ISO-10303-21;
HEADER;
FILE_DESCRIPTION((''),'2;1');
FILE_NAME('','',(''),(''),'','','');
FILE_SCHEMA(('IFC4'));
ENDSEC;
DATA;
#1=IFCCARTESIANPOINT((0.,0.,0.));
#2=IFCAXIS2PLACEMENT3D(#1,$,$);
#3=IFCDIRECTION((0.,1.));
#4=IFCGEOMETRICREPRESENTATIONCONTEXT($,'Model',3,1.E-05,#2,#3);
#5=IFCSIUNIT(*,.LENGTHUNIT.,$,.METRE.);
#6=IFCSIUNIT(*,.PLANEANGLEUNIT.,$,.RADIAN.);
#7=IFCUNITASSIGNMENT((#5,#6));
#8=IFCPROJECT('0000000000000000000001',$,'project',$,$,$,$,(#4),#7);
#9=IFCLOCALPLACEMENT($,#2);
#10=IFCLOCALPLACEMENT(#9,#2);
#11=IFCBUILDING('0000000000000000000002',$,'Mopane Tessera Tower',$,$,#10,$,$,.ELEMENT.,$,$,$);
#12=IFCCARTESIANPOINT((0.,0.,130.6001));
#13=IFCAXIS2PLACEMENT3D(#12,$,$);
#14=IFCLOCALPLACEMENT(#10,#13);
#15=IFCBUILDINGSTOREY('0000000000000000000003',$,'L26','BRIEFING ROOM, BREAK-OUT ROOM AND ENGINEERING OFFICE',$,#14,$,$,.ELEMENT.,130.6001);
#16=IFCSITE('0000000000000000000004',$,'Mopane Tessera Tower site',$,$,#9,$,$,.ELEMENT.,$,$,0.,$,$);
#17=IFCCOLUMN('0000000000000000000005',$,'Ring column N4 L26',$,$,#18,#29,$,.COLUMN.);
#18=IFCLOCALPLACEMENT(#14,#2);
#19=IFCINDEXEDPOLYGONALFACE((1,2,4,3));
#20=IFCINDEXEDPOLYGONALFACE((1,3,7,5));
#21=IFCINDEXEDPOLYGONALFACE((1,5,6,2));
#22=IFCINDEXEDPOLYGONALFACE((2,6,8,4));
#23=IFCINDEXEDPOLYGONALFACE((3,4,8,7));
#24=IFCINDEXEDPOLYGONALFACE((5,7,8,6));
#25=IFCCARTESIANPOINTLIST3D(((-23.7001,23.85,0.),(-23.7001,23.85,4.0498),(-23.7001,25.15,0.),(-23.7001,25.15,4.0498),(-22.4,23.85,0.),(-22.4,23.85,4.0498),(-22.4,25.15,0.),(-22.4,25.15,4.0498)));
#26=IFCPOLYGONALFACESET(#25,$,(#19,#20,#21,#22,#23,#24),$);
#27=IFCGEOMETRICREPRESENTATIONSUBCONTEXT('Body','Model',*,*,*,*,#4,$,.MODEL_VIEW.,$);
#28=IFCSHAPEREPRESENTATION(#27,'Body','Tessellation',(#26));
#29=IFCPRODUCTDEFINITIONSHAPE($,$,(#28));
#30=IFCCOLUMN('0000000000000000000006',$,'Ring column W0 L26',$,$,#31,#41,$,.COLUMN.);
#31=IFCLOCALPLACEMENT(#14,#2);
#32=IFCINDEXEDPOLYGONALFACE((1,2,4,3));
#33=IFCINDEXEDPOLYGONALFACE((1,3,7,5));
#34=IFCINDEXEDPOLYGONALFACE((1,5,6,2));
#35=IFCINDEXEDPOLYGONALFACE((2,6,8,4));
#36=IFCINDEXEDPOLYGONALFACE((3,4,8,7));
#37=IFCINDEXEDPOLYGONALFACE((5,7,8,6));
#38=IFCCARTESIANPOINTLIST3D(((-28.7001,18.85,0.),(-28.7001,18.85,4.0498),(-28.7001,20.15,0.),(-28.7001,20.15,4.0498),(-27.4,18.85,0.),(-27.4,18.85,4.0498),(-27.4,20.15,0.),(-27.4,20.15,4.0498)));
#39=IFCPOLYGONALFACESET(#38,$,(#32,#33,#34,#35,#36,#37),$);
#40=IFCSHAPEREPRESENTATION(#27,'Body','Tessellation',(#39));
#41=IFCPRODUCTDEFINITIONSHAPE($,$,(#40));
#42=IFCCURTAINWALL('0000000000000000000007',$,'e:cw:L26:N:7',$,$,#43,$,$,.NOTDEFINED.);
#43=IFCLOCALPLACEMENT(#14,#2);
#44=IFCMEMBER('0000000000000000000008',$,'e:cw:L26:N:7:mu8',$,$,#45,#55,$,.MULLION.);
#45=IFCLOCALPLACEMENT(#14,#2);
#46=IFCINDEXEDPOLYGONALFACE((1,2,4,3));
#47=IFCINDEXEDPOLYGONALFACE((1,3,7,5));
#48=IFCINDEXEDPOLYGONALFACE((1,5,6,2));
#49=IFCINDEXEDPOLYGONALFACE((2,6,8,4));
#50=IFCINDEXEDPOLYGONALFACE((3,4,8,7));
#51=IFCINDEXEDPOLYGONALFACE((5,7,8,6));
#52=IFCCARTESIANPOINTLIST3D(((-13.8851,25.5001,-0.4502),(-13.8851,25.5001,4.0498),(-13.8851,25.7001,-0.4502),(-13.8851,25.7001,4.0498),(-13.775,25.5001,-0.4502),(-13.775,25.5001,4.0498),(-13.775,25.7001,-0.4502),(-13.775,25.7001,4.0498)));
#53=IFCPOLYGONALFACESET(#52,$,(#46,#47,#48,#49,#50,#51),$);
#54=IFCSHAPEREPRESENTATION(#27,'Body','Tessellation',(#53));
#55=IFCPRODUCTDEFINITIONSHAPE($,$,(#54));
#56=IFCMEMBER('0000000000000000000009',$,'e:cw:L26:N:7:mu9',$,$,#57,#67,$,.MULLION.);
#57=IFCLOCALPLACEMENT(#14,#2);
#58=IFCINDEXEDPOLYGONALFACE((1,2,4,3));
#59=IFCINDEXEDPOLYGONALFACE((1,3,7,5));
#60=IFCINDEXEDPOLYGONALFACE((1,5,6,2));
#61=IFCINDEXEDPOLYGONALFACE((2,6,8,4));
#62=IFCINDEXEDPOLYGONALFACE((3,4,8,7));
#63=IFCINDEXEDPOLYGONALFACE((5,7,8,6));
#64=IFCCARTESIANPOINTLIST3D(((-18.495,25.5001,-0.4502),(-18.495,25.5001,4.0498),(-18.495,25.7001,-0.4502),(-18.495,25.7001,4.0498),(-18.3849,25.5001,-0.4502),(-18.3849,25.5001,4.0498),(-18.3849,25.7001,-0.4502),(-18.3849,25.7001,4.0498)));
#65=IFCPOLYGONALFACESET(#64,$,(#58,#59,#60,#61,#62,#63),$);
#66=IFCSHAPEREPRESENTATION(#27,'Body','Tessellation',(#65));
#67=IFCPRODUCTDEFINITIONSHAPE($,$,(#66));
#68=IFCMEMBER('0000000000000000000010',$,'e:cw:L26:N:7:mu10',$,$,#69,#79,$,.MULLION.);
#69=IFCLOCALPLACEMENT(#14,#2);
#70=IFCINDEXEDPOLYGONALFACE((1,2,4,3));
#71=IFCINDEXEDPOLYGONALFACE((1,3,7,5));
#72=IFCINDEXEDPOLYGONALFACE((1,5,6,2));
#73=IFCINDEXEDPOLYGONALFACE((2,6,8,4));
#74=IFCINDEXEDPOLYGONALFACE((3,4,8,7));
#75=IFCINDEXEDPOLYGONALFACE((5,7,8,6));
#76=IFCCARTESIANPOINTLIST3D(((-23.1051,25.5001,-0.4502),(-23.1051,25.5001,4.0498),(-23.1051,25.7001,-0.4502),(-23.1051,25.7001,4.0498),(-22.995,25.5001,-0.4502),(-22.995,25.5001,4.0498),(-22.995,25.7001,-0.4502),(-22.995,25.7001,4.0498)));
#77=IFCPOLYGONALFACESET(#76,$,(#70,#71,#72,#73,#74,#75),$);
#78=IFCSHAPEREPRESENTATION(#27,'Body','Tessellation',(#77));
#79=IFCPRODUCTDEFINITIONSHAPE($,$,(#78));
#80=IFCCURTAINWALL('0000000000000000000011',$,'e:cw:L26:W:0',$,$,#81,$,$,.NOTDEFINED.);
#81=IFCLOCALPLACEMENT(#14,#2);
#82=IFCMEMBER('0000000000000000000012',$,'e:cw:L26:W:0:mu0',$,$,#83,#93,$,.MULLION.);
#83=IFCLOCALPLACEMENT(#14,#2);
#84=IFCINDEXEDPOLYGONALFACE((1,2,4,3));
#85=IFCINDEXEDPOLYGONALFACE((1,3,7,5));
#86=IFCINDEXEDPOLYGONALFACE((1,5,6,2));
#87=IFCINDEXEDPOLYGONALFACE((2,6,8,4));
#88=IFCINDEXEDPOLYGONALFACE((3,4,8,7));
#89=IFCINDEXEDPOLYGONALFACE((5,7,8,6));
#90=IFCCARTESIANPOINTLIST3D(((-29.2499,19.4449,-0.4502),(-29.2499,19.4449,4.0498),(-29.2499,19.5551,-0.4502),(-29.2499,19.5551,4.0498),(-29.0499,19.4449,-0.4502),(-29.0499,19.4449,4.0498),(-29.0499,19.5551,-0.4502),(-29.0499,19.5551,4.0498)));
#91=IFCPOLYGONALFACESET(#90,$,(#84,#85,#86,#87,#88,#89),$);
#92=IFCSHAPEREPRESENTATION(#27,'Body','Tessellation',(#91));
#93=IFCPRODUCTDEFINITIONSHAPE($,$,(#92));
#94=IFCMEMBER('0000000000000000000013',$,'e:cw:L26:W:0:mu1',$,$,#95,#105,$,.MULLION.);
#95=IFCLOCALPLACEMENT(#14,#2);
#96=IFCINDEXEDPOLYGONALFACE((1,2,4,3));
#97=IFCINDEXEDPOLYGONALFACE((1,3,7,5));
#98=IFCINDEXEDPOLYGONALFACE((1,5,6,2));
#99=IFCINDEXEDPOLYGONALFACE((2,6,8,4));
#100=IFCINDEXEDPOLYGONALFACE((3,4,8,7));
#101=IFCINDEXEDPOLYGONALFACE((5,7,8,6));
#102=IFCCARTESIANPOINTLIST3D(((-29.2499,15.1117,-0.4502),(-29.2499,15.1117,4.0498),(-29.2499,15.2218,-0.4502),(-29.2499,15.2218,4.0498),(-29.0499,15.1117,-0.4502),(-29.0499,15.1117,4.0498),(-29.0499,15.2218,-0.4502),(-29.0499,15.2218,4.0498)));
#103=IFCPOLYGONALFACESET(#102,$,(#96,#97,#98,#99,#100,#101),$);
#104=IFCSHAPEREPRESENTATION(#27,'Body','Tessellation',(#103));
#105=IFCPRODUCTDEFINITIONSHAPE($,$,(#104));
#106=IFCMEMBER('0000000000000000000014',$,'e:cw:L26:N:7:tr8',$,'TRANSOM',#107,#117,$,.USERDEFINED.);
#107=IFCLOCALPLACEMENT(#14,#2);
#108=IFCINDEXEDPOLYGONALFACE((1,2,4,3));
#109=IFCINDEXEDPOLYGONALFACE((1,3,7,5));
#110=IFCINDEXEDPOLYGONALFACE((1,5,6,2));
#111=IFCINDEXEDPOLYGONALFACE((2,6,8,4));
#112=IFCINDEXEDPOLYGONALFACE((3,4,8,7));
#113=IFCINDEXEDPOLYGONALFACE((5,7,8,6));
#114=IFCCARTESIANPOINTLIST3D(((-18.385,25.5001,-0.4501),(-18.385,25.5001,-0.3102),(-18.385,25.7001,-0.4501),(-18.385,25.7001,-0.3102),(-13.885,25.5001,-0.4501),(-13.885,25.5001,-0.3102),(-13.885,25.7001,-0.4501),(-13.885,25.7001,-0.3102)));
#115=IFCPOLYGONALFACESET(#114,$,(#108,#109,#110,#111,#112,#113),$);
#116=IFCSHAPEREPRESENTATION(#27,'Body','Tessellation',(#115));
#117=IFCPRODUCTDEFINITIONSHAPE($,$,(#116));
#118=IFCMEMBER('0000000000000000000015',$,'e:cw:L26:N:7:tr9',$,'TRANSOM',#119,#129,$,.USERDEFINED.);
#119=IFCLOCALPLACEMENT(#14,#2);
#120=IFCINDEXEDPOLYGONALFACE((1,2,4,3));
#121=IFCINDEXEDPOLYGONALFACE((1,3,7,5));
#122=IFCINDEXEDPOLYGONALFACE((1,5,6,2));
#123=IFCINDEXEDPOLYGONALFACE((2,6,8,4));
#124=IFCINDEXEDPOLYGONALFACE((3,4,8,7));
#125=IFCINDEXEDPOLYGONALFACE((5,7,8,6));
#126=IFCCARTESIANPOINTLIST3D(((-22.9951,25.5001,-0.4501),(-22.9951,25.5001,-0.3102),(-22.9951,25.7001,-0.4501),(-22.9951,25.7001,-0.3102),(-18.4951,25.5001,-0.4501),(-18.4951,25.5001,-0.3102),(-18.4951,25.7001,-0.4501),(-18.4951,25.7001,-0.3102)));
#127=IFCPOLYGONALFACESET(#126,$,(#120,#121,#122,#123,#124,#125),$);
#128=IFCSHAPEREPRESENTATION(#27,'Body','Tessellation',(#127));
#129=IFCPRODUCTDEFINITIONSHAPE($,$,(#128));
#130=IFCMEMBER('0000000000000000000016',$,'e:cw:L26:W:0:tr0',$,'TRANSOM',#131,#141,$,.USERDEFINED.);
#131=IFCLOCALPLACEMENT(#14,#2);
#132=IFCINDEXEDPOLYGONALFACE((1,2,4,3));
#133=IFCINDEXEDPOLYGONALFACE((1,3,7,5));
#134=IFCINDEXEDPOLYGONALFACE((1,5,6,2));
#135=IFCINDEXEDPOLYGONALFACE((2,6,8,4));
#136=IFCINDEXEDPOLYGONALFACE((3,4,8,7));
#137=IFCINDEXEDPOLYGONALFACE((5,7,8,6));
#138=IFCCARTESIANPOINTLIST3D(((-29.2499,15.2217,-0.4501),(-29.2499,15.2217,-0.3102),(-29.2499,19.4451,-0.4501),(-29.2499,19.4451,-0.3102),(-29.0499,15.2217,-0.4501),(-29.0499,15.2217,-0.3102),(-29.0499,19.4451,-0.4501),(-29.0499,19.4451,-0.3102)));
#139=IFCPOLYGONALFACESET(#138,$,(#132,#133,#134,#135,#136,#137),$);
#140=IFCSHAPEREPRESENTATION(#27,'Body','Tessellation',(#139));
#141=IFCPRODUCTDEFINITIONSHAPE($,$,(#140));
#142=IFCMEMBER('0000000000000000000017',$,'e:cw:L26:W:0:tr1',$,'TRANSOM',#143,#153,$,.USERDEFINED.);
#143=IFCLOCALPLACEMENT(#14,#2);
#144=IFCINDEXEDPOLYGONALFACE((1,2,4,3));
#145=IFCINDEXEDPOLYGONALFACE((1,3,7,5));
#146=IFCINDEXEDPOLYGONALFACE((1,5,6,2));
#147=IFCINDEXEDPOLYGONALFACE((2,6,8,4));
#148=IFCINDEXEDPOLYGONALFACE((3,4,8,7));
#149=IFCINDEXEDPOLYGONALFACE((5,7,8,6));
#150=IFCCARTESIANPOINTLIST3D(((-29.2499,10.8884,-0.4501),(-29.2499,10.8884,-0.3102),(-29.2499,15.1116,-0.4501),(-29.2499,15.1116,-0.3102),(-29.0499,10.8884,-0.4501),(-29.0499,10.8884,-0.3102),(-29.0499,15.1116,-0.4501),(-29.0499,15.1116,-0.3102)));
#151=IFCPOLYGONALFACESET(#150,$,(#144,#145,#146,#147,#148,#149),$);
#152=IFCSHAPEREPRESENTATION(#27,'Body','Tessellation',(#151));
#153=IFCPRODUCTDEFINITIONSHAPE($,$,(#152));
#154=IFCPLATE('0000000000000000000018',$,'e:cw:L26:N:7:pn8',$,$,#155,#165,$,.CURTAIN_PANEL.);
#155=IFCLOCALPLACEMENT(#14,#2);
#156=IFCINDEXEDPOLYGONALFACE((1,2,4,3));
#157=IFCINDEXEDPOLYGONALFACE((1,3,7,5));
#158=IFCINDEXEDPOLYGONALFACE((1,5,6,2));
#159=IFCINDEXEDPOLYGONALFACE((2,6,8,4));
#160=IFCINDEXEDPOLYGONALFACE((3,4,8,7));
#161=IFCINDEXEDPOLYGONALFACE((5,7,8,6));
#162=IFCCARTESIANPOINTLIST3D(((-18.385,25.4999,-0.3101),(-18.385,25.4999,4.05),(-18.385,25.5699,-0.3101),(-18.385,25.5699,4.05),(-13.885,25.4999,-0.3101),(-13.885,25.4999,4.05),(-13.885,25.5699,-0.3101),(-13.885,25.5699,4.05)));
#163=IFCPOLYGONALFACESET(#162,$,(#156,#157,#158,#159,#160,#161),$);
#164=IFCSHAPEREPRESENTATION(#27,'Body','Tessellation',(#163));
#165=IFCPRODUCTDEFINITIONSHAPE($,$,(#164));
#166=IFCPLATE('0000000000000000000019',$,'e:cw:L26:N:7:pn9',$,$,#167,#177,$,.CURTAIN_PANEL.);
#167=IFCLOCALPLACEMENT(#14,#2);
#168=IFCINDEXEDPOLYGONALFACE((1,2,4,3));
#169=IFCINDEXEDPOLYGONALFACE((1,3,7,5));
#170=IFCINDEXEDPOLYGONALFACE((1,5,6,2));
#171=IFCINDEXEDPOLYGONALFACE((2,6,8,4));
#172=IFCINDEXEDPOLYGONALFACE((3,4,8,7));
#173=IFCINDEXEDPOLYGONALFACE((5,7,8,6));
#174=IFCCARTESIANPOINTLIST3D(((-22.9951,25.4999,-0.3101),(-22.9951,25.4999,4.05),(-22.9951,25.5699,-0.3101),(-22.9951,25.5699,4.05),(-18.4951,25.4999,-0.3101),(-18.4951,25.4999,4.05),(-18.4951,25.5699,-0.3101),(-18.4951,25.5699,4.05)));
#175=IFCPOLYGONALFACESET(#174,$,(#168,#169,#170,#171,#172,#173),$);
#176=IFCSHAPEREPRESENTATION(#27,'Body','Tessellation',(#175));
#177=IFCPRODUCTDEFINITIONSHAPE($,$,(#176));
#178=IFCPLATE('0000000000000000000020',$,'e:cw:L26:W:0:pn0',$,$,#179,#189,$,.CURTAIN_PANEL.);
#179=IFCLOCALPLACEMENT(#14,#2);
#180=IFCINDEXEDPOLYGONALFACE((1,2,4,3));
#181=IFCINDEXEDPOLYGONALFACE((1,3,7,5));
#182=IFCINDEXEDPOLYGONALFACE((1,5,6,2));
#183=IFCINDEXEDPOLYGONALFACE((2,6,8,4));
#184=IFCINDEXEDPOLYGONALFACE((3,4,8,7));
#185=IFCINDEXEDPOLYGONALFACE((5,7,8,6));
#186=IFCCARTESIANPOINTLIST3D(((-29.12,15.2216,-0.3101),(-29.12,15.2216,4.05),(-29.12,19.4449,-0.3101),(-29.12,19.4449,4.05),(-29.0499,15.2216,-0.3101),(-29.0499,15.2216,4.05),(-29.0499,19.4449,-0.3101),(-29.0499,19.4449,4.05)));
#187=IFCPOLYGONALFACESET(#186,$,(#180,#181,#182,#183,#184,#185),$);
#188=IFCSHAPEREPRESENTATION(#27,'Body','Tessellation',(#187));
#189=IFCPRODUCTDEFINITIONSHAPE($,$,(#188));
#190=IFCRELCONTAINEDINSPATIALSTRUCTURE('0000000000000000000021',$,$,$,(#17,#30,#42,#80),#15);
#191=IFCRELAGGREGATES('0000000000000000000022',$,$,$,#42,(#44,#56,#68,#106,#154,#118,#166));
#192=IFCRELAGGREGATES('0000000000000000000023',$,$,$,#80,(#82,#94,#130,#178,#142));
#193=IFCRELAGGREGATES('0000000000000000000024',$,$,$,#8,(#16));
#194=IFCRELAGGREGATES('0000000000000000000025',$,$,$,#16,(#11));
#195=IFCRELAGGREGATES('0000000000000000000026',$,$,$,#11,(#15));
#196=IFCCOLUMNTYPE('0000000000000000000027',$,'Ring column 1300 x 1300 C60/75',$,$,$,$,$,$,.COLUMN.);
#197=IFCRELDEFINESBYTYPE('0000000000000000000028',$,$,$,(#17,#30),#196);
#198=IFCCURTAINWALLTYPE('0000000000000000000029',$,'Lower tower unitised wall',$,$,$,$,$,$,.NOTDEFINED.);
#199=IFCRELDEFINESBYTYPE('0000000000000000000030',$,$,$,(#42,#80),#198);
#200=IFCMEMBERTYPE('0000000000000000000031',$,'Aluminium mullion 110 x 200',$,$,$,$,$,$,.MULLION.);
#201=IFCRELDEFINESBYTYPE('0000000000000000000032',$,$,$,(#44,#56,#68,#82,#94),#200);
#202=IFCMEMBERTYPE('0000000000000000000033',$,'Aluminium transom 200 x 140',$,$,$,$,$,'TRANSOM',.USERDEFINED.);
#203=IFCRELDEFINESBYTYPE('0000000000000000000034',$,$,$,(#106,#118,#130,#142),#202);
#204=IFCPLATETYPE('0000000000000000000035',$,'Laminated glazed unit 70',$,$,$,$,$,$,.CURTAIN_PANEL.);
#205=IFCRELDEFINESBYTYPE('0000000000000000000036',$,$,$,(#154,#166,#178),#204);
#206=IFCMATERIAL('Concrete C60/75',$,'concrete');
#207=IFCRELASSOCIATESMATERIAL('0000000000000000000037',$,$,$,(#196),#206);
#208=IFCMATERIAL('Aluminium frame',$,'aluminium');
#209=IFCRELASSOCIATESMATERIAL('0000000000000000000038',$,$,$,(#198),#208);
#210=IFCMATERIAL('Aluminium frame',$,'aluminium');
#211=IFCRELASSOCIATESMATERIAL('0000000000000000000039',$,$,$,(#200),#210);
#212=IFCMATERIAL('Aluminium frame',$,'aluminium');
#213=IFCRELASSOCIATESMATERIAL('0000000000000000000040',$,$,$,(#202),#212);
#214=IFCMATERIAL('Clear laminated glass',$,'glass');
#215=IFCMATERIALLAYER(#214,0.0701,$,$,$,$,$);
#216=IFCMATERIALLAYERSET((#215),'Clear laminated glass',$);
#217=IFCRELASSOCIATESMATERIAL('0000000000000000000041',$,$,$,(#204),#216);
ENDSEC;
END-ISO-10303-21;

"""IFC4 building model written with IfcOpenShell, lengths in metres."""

from ifc_helpers import new_model, si_unit, direction, frame, origin, origin_2d, place, context, subcontext, project, spatial, rectangle, extrude, material, layer, layer_set, material_profile, profile_set, type_object, element, aggregate, save


model = new_model("IFC4")

# Units and contexts
model_context = context("Model", 3, precision=1e-05, world=origin(), true_north=direction((0.0, 1.0)))
body_context = subcontext(model_context, "Body", "Model", "MODEL_VIEW")
ifc_project = project(units=[si_unit("LENGTHUNIT", "METRE"), si_unit("PLANEANGLEUNIT", "RADIAN")], contexts=[model_context])

# Site, building, storey
site_placement = place(None, origin())
site = spatial("IfcSite", under=ifc_project, at=site_placement, Name="Mopane Tessera Tower site", CompositionType="ELEMENT", RefElevation=0.0)
building_placement = place(site_placement, origin())
building = spatial("IfcBuilding", under=site, at=building_placement, Name="Mopane Tessera Tower", CompositionType="ELEMENT")
storey_placement = place(building_placement, frame((0.0, 0.0, 130.6001)))
storey = spatial("IfcBuildingStorey", under=building, at=storey_placement, Name="L26", Description="BRIEFING ROOM, BREAK-OUT ROOM AND ENGINEERING OFFICE", CompositionType="ELEMENT", Elevation=130.6001)

# Columns
ifc_material_1 = material(Name="Concrete C60/75", Category="concrete")
ifc_material_profile_1 = material_profile(ifc_material_1, rectangle(XDim=1.3, YDim=1.3, at=origin_2d()))
ifc_profile_set_1 = profile_set([ifc_material_profile_1], Name="Concrete C60/75")
column_type = type_object("IfcColumnType", Name="Ring column 1300 x 1300 C60/75", PredefinedType="COLUMN", material=ifc_profile_set_1)
for number, where, z_axis, x_axis, name in (
    (1, (-23.05, 24.5, 0.0), (0.0, 0.0, 1.0), (1.0, 0.0, 0.0), "Ring column N4 L26"),
    (2, (-28.05, 19.5, 0.0), (0.0, 0.0, 1.0), (1.0, 0.0, 0.0), "Ring column W0 L26"),
):
    element("IfcColumn", number, at=place(storey_placement, frame(where, z_axis=z_axis, x_axis=x_axis)), inside=storey, type_object=column_type, Name=name, PredefinedType="COLUMN", context=body_context, shape_type="SweptSolid", body=[
        extrude(rectangle(XDim=1.3, YDim=1.3, at=origin_2d()), origin(), (0.0, 0.0, 1.0), 4.0498),
    ])

# Curtain walls, members
ifc_material_2 = material(Name="Aluminium frame", Category="aluminium")
curtain_wall_type = type_object("IfcCurtainWallType", Name="Lower tower unitised wall", PredefinedType="NOTDEFINED", material=ifc_material_2)
curtain_wall_1_placement = place(storey_placement, origin())
curtain_wall_1 = element("IfcCurtainWall", 3, at=curtain_wall_1_placement, inside=storey, type_object=curtain_wall_type, Name="e:cw:L26:N:7", PredefinedType="NOTDEFINED")
ifc_material_3 = material(Name="Aluminium frame", Category="aluminium")
ifc_material_profile_2 = material_profile(ifc_material_3, rectangle(XDim=0.1101, YDim=0.2, at=origin_2d()))
ifc_profile_set_2 = profile_set([ifc_material_profile_2], Name="Aluminium frame")
member_type_1 = type_object("IfcMemberType", Name="Aluminium mullion 110 x 200", PredefinedType="MULLION", material=ifc_profile_set_2)
member_1_placement = place(storey_placement, frame((-13.8301, 25.6001, -0.4502), z_axis=(0.0, 0.0, 1.0), x_axis=(-1.0, 0.0, 0.0)))
member_1 = element("IfcMember", 4, at=member_1_placement, type_object=member_type_1, Name="e:cw:L26:N:7:mu8", PredefinedType="MULLION", context=body_context, shape_type="SweptSolid", body=[
    extrude(rectangle(XDim=0.1101, YDim=0.2, at=origin_2d()), origin(), (0.0, 0.0, 1.0), 4.5),
])
member_2_placement = place(storey_placement, frame((-18.4399, 25.6001, -0.4502), z_axis=(0.0, 0.0, 1.0), x_axis=(-1.0, 0.0, 0.0)))
member_2 = element("IfcMember", 5, at=member_2_placement, type_object=member_type_1, Name="e:cw:L26:N:7:mu9", PredefinedType="MULLION", context=body_context, shape_type="SweptSolid", body=[
    extrude(rectangle(XDim=0.1101, YDim=0.2, at=origin_2d()), origin(), (0.0, 0.0, 1.0), 4.5),
])
member_3_placement = place(storey_placement, frame((-23.05, 25.6001, -0.4502), z_axis=(0.0, 0.0, 1.0), x_axis=(-1.0, 0.0, 0.0)))
member_3 = element("IfcMember", 6, at=member_3_placement, type_object=member_type_1, Name="e:cw:L26:N:7:mu10", PredefinedType="MULLION", context=body_context, shape_type="SweptSolid", body=[
    extrude(rectangle(XDim=0.1101, YDim=0.2, at=origin_2d()), origin(), (0.0, 0.0, 1.0), 4.5),
])
curtain_wall_2_placement = place(storey_placement, origin())
curtain_wall_2 = element("IfcCurtainWall", 7, at=curtain_wall_2_placement, inside=storey, type_object=curtain_wall_type, Name="e:cw:L26:W:0", PredefinedType="NOTDEFINED")
member_4_placement = place(storey_placement, frame((-29.1499, 19.5, -0.4502), z_axis=(0.0, 0.0, 1.0), x_axis=(0.0, -1.0, 0.0)))
member_4 = element("IfcMember", 8, at=member_4_placement, type_object=member_type_1, Name="e:cw:L26:W:0:mu0", PredefinedType="MULLION", context=body_context, shape_type="SweptSolid", body=[
    extrude(rectangle(XDim=0.1101, YDim=0.2, at=origin_2d()), origin(), (0.0, 0.0, 1.0), 4.5),
])
member_5_placement = place(storey_placement, frame((-29.1499, 15.1667, -0.4502), z_axis=(0.0, 0.0, 1.0), x_axis=(0.0, -1.0, 0.0)))
member_5 = element("IfcMember", 9, at=member_5_placement, type_object=member_type_1, Name="e:cw:L26:W:0:mu1", PredefinedType="MULLION", context=body_context, shape_type="SweptSolid", body=[
    extrude(rectangle(XDim=0.1101, YDim=0.2, at=origin_2d()), origin(), (0.0, 0.0, 1.0), 4.5),
])

# Members
ifc_material_4 = material(Name="Aluminium frame", Category="aluminium")
ifc_material_profile_3 = material_profile(ifc_material_4, rectangle(XDim=0.2, YDim=0.1399, at=origin_2d()))
ifc_profile_set_3 = profile_set([ifc_material_profile_3], Name="Aluminium frame")
member_type_2 = type_object("IfcMemberType", Name="Aluminium transom 200 x 140", ElementType="TRANSOM", PredefinedType="USERDEFINED", material=ifc_profile_set_3)
member_6_placement = place(storey_placement, frame((-13.885, 25.6001, -0.3801), z_axis=(-1.0, 0.0, 0.0), x_axis=(0.0, -1.0, 0.0)))
member_6 = element("IfcMember", 10, at=member_6_placement, type_object=member_type_2, Name="e:cw:L26:N:7:tr8", ObjectType="TRANSOM", PredefinedType="USERDEFINED", context=body_context, shape_type="SweptSolid", body=[
    extrude(rectangle(XDim=0.2, YDim=0.1399, at=origin_2d()), origin(), (0.0, 0.0, 1.0), 4.5),
])
member_7_placement = place(storey_placement, frame((-18.4951, 25.6001, -0.3801), z_axis=(-1.0, 0.0, 0.0), x_axis=(0.0, -1.0, 0.0)))
member_7 = element("IfcMember", 11, at=member_7_placement, type_object=member_type_2, Name="e:cw:L26:N:7:tr9", ObjectType="TRANSOM", PredefinedType="USERDEFINED", context=body_context, shape_type="SweptSolid", body=[
    extrude(rectangle(XDim=0.2, YDim=0.1399, at=origin_2d()), origin(), (0.0, 0.0, 1.0), 4.5),
])
member_8_placement = place(storey_placement, frame((-29.1499, 19.4451, -0.3801), z_axis=(0.0, -1.0, 0.0), x_axis=(1.0, 0.0, 0.0)))
member_8 = element("IfcMember", 12, at=member_8_placement, type_object=member_type_2, Name="e:cw:L26:W:0:tr0", ObjectType="TRANSOM", PredefinedType="USERDEFINED", context=body_context, shape_type="SweptSolid", body=[
    extrude(rectangle(XDim=0.2, YDim=0.1399, at=origin_2d()), origin(), (0.0, 0.0, 1.0), 4.2234),
])
member_9_placement = place(storey_placement, frame((-29.1499, 15.1116, -0.3801), z_axis=(0.0, -1.0, 0.0), x_axis=(1.0, 0.0, 0.0)))
member_9 = element("IfcMember", 13, at=member_9_placement, type_object=member_type_2, Name="e:cw:L26:W:0:tr1", ObjectType="TRANSOM", PredefinedType="USERDEFINED", context=body_context, shape_type="SweptSolid", body=[
    extrude(rectangle(XDim=0.2, YDim=0.1399, at=origin_2d()), origin(), (0.0, 0.0, 1.0), 4.2231),
])

# Plates
ifc_material_5 = material(Name="Clear laminated glass", Category="glass")
ifc_layer_1 = layer(ifc_material_5, 0.0701)
ifc_layer_set_1 = layer_set([ifc_layer_1], Name="Clear laminated glass")
plate_type = type_object("IfcPlateType", Name="Laminated glazed unit 70", PredefinedType="CURTAIN_PANEL", material=ifc_layer_set_1)
plate_1_placement = place(storey_placement, frame((-16.135, 25.5349, -0.3101), z_axis=(0.0, 0.0, 1.0), x_axis=(-1.0, 0.0, 0.0)))
plate_1 = element("IfcPlate", 14, at=plate_1_placement, type_object=plate_type, Name="e:cw:L26:N:7:pn8", PredefinedType="CURTAIN_PANEL", context=body_context, shape_type="SweptSolid", body=[
    extrude(rectangle(XDim=4.5, YDim=0.0701, at=origin_2d()), origin(), (0.0, 0.0, 1.0), 4.3601),
])
plate_2_placement = place(storey_placement, frame((-20.7451, 25.5349, -0.3101), z_axis=(0.0, 0.0, 1.0), x_axis=(-1.0, 0.0, 0.0)))
plate_2 = element("IfcPlate", 15, at=plate_2_placement, type_object=plate_type, Name="e:cw:L26:N:7:pn9", PredefinedType="CURTAIN_PANEL", context=body_context, shape_type="SweptSolid", body=[
    extrude(rectangle(XDim=4.5, YDim=0.0701, at=origin_2d()), origin(), (0.0, 0.0, 1.0), 4.3601),
])
aggregate(curtain_wall_1, [member_1, member_2, member_3, member_6, plate_1, member_7, plate_2])
plate_3_placement = place(storey_placement, frame((-29.085, 17.3333, -0.3101), z_axis=(0.0, 0.0, 1.0), x_axis=(0.0, -1.0, 0.0)))
plate_3 = element("IfcPlate", 16, at=plate_3_placement, type_object=plate_type, Name="e:cw:L26:W:0:pn0", PredefinedType="CURTAIN_PANEL", context=body_context, shape_type="SweptSolid", body=[
    extrude(rectangle(XDim=4.2234, YDim=0.0701, at=origin_2d()), origin(), (0.0, 0.0, 1.0), 4.3601),
])
aggregate(curtain_wall_2, [member_4, member_5, member_8, plate_3, member_9])

save(model, "model.ifc")
